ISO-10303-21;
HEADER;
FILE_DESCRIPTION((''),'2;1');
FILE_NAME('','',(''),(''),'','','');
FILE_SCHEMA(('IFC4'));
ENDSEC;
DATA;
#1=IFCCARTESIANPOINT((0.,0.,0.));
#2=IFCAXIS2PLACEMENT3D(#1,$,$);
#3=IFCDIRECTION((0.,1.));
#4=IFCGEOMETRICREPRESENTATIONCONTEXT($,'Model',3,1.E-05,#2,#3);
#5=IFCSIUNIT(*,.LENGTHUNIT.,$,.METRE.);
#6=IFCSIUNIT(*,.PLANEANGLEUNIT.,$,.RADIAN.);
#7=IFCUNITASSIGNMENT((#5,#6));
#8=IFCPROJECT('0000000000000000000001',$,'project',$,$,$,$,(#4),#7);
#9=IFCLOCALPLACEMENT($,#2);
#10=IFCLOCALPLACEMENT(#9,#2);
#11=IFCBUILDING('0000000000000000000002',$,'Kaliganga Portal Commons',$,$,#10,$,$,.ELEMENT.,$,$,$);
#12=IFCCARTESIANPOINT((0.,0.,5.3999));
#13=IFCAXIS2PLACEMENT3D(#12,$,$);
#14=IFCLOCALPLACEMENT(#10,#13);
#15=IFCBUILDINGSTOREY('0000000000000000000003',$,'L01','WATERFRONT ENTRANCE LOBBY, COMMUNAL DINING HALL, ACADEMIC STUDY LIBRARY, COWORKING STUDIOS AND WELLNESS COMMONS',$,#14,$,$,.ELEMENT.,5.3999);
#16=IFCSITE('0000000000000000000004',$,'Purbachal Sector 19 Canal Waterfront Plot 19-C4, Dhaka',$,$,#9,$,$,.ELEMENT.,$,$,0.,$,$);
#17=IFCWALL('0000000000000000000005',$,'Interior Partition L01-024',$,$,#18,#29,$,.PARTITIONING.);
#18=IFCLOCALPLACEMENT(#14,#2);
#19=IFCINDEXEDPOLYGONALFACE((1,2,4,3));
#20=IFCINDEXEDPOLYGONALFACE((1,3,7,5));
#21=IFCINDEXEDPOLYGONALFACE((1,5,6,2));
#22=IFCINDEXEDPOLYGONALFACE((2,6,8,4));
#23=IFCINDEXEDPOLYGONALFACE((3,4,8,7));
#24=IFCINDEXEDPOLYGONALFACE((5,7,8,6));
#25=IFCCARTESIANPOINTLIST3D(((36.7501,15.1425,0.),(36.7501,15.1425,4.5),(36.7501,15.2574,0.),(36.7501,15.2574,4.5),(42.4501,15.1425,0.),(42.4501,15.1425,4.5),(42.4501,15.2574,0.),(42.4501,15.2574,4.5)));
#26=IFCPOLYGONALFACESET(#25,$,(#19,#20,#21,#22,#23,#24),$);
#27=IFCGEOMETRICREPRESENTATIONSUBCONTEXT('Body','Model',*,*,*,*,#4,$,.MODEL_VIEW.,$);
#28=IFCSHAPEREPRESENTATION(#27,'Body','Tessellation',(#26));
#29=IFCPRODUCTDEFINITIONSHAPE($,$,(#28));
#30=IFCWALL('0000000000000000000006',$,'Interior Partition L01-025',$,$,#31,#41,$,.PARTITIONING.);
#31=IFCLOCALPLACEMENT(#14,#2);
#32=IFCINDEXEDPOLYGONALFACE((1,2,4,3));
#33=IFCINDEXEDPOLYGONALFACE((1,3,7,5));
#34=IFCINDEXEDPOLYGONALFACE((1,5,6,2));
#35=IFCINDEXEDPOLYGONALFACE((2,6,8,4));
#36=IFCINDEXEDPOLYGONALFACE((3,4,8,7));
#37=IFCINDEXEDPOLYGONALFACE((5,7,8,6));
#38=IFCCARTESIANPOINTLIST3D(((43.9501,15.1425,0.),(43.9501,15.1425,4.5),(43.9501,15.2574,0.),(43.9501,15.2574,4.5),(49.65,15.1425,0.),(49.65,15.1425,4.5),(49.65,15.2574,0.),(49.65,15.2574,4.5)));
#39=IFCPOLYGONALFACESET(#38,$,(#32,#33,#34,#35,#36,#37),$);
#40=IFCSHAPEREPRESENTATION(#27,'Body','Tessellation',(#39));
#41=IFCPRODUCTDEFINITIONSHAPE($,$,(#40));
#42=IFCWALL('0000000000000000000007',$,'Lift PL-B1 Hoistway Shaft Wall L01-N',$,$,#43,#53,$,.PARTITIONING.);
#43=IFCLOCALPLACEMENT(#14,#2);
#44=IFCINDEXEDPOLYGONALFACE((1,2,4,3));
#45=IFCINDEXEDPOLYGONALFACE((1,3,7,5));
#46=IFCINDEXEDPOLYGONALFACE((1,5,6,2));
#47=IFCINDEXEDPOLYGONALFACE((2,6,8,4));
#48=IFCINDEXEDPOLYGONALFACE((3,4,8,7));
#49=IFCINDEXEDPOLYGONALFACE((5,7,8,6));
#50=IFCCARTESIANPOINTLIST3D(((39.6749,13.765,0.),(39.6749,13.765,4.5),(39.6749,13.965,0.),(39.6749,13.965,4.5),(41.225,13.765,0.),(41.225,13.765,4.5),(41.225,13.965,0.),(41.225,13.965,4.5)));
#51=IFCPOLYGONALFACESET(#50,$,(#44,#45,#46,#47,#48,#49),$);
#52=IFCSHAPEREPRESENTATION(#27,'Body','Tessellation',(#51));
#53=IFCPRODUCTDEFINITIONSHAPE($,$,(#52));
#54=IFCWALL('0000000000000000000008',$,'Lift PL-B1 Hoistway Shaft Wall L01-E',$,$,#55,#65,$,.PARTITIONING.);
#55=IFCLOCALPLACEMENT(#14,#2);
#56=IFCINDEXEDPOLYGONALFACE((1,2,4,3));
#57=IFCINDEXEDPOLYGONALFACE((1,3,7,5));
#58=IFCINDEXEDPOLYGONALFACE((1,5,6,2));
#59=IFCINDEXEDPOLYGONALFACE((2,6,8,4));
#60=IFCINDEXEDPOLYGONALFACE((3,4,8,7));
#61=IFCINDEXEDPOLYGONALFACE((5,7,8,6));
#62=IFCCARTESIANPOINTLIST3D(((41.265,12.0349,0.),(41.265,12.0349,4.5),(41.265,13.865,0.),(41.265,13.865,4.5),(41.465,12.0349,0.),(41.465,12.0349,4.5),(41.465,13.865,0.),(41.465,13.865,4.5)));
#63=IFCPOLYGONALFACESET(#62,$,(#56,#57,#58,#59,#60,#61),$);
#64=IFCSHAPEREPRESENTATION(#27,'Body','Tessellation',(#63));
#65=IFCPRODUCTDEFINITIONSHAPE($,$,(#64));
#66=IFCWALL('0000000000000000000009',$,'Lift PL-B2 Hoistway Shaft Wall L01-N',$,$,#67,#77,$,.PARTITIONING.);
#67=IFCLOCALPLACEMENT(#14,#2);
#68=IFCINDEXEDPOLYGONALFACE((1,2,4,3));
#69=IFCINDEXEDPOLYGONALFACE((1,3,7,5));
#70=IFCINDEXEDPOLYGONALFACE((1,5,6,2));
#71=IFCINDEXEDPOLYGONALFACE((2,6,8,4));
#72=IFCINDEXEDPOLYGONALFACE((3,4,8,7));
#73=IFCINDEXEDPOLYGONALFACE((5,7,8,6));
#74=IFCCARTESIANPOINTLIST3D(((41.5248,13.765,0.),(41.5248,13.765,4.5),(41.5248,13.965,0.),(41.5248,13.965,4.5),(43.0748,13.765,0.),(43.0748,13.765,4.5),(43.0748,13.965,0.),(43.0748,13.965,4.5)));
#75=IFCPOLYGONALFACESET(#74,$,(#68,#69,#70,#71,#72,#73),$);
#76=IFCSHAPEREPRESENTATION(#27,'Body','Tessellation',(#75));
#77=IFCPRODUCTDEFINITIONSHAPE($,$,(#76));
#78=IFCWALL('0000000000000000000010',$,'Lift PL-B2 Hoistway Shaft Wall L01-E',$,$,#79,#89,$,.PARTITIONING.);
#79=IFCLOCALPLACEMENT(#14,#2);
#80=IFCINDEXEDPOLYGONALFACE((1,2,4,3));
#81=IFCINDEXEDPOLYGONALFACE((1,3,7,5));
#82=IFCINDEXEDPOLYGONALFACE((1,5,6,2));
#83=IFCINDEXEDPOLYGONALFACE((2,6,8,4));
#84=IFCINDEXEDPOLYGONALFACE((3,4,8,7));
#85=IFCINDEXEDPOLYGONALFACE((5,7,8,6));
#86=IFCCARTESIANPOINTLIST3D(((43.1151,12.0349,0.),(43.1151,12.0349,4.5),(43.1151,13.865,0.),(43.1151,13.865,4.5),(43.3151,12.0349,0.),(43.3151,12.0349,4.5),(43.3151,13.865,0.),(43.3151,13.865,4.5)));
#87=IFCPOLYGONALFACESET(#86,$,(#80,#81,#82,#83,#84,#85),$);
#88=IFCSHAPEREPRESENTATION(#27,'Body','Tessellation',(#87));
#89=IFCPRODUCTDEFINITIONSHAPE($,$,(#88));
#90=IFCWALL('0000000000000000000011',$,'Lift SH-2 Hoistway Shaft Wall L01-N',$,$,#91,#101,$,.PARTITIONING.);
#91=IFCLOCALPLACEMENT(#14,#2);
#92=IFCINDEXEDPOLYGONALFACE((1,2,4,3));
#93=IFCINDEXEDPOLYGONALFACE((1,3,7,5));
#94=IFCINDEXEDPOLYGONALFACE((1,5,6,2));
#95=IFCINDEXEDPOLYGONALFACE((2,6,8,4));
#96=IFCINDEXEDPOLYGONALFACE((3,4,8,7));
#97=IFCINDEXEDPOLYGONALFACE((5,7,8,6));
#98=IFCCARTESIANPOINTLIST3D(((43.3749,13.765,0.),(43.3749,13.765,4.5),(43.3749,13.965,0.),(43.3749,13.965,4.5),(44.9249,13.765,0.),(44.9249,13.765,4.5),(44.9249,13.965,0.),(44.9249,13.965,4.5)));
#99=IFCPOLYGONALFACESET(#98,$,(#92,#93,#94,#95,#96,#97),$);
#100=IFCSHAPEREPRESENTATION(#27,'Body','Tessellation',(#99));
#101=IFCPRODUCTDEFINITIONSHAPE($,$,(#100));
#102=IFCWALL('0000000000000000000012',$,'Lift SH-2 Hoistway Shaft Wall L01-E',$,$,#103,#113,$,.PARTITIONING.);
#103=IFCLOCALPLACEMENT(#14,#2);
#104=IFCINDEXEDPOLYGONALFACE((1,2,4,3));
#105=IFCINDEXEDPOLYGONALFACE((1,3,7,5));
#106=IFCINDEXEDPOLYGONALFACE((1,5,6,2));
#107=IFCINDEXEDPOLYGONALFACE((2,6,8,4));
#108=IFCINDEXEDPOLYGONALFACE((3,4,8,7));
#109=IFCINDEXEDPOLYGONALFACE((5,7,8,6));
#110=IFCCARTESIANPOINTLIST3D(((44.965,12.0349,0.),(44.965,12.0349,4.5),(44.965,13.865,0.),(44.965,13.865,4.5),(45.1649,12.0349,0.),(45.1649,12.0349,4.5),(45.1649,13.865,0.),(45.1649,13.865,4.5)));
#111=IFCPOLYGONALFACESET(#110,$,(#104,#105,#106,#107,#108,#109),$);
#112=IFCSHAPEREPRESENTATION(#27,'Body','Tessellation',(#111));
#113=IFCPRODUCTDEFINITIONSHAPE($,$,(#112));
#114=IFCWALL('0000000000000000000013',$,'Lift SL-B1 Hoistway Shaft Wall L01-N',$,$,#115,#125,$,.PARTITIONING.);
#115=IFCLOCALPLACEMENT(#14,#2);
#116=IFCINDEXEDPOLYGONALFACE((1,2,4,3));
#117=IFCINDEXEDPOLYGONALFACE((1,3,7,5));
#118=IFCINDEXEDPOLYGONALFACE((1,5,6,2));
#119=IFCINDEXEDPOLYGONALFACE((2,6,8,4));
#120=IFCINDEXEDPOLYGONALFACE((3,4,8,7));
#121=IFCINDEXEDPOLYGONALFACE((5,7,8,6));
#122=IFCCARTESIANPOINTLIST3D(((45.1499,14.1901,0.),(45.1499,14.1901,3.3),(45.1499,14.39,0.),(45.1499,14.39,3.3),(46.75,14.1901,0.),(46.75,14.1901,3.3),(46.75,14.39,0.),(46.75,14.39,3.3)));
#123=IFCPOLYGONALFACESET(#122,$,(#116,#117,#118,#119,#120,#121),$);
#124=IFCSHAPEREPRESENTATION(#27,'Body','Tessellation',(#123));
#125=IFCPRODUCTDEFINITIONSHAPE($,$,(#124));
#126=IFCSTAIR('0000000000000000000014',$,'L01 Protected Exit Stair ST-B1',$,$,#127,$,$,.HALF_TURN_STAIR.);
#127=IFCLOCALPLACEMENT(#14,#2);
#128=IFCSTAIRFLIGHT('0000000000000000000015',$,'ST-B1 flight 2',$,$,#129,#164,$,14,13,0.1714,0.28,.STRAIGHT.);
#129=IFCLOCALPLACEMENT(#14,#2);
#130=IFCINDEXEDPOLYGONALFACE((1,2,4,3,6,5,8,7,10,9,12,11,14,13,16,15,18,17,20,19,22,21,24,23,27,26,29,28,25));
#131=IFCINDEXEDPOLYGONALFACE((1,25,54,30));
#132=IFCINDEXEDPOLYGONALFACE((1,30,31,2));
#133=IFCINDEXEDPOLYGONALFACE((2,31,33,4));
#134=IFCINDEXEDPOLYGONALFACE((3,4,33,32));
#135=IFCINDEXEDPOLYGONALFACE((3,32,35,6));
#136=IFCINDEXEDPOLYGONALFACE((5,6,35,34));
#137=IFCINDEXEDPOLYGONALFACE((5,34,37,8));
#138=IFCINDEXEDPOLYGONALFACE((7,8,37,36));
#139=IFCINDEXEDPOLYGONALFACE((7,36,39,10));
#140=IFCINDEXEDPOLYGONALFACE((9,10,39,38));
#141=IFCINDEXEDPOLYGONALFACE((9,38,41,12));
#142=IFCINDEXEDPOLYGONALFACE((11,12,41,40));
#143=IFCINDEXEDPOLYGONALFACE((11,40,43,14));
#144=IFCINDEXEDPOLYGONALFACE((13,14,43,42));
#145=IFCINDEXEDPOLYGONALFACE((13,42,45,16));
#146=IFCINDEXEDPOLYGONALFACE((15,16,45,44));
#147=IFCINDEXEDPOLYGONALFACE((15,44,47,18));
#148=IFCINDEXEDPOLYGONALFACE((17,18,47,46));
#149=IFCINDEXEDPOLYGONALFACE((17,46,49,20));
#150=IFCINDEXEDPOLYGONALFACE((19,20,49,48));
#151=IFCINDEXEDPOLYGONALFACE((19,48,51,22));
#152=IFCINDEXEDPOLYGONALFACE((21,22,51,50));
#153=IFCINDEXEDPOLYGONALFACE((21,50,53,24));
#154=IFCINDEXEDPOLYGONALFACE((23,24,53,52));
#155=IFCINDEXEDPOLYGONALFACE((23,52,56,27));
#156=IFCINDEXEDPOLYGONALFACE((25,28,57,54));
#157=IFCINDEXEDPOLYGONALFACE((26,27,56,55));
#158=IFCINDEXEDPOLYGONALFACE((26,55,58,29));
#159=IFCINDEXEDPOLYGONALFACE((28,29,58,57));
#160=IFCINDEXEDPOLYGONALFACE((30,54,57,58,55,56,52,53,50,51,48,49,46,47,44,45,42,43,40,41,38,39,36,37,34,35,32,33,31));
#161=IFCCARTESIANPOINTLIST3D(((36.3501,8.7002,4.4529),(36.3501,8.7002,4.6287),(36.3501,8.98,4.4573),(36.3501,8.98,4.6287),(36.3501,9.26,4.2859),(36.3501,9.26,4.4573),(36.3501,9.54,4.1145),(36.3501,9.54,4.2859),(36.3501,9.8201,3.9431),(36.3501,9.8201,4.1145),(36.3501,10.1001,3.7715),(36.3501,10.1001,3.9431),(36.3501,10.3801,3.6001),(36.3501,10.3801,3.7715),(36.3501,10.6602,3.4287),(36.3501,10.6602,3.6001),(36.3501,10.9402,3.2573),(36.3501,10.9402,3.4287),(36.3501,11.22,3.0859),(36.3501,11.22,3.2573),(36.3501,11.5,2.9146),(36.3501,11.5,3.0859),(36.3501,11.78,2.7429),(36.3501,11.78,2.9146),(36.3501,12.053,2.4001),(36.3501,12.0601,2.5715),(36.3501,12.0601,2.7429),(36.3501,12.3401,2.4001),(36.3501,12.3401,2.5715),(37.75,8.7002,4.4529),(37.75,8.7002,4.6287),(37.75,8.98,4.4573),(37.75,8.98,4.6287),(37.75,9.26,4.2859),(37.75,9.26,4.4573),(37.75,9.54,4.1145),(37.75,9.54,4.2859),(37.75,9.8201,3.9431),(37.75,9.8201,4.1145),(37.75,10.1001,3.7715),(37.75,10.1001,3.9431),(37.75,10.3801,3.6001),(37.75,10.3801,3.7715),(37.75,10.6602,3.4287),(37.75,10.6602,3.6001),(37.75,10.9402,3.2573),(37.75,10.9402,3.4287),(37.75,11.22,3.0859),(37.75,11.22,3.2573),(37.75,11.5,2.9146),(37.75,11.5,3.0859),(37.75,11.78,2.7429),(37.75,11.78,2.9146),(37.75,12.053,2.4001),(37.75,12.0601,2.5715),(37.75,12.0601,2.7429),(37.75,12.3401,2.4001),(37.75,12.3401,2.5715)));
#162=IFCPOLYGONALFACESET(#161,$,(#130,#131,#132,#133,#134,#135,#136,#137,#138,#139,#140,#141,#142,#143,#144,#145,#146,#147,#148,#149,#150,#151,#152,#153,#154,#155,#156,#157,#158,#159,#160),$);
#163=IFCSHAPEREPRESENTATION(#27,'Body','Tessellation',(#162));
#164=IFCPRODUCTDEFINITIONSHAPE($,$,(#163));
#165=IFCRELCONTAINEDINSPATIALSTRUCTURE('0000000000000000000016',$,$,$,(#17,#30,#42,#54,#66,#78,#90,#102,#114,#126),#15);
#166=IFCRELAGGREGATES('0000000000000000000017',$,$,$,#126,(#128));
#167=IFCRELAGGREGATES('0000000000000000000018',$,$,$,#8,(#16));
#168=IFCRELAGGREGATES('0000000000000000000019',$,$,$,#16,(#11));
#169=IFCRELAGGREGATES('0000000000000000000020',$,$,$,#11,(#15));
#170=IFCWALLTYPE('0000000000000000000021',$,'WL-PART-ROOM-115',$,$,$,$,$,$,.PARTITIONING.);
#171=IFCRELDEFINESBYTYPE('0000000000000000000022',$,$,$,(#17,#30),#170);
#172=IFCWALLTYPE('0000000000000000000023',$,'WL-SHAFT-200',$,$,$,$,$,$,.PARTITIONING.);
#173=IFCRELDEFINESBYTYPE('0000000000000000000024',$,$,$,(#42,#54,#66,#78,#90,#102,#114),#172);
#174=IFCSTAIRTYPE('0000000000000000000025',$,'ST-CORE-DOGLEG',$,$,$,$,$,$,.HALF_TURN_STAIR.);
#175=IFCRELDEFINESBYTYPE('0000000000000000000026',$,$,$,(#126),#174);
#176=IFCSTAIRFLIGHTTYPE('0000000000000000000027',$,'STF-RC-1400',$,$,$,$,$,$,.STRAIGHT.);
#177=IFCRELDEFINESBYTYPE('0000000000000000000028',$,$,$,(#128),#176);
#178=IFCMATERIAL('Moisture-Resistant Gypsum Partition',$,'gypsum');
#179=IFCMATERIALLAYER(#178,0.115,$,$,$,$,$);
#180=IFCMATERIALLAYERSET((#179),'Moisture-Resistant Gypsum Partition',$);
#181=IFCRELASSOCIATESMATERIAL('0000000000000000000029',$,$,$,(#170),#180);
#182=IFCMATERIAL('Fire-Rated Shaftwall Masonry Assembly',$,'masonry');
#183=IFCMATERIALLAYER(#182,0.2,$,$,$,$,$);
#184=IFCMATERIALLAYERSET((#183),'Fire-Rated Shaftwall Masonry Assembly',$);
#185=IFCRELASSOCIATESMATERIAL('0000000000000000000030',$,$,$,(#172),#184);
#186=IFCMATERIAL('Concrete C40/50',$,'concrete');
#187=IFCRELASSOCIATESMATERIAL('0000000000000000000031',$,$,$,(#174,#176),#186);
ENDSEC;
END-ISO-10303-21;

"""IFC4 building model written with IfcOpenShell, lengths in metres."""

from ifc_helpers import new_model, si_unit, direction, frame, frame_2d, origin, place, context, subcontext, project, spatial, polyline, rectangle, outline, extrude, material, layer, layer_set, type_object, element, aggregate, save


model = new_model("IFC4")

# Units and contexts
model_context = context("Model", 3, precision=1e-05, world=origin(), true_north=direction((0.0, 1.0)))
body_context = subcontext(model_context, "Body", "Model", "MODEL_VIEW")
ifc_project = project(units=[si_unit("LENGTHUNIT", "METRE"), si_unit("PLANEANGLEUNIT", "RADIAN")], contexts=[model_context])

# Site, building, storey
site_placement = place(None, origin())
site = spatial("IfcSite", under=ifc_project, at=site_placement, Name="Purbachal Sector 19 Canal Waterfront Plot 19-C4, Dhaka", CompositionType="ELEMENT", RefElevation=0.0)
building_placement = place(site_placement, origin())
building = spatial("IfcBuilding", under=site, at=building_placement, Name="Kaliganga Portal Commons", CompositionType="ELEMENT")
storey_placement = place(building_placement, frame((0.0, 0.0, 5.3999)))
storey = spatial("IfcBuildingStorey", under=building, at=storey_placement, Name="L01", Description="WATERFRONT ENTRANCE LOBBY, COMMUNAL DINING HALL, ACADEMIC STUDY LIBRARY, COWORKING STUDIOS AND WELLNESS COMMONS", CompositionType="ELEMENT", Elevation=5.3999)

# Walls
ifc_material_1 = material(Name="Moisture-Resistant Gypsum Partition", Category="gypsum")
ifc_layer_1 = layer(ifc_material_1, 0.115)
ifc_layer_set_1 = layer_set([ifc_layer_1], Name="Moisture-Resistant Gypsum Partition")
wall_type_1 = type_object("IfcWallType", Name="WL-PART-ROOM-115", PredefinedType="PARTITIONING", material=ifc_layer_set_1)
for number, where, z_axis, x_axis, name in (
    (1, (36.75, 15.2, 0.0), (0.0, 0.0, 1.0), (1.0, 0.0, 0.0), "Interior Partition L01-024"),
    (2, (43.95, 15.2, 0.0), (0.0, 0.0, 1.0), (1.0, 0.0, 0.0), "Interior Partition L01-025"),
):
    element("IfcWall", number, at=place(storey_placement, frame(where, z_axis=z_axis, x_axis=x_axis)), inside=storey, type_object=wall_type_1, Name=name, PredefinedType="PARTITIONING", context=body_context, shape_type="SweptSolid", body=[
        extrude(rectangle(XDim=5.7, YDim=0.115, at=frame_2d((2.8501, 0.0))), origin(), (0.0, 0.0, 1.0), 4.5),
    ])
ifc_material_2 = material(Name="Fire-Rated Shaftwall Masonry Assembly", Category="masonry")
ifc_layer_2 = layer(ifc_material_2, 0.2)
ifc_layer_set_2 = layer_set([ifc_layer_2], Name="Fire-Rated Shaftwall Masonry Assembly")
wall_type_2 = type_object("IfcWallType", Name="WL-SHAFT-200", PredefinedType="PARTITIONING", material=ifc_layer_set_2)
wall_1_placement = place(storey_placement, frame((39.675, 13.865, 0.0), z_axis=(0.0, 0.0, 1.0), x_axis=(1.0, 0.0, 0.0)))
element("IfcWall", 3, at=wall_1_placement, inside=storey, type_object=wall_type_2, Name="Lift PL-B1 Hoistway Shaft Wall L01-N", PredefinedType="PARTITIONING", context=body_context, shape_type="SweptSolid", body=[
    extrude(rectangle(XDim=1.55, YDim=0.2, at=frame_2d((0.7749, 0.0))), origin(), (0.0, 0.0, 1.0), 4.5),
])
wall_2_placement = place(storey_placement, frame((41.365, 12.0349, 0.0), z_axis=(0.0, 0.0, 1.0), x_axis=(0.0, 1.0, 0.0)))
element("IfcWall", 4, at=wall_2_placement, inside=storey, type_object=wall_type_2, Name="Lift PL-B1 Hoistway Shaft Wall L01-E", PredefinedType="PARTITIONING", context=body_context, shape_type="SweptSolid", body=[
    extrude(rectangle(XDim=1.8301, YDim=0.2, at=frame_2d((0.915, 0.0))), origin(), (0.0, 0.0, 1.0), 4.5),
])

# Walls
wall_3_placement = place(storey_placement, frame((41.5249, 13.865, 0.0), z_axis=(0.0, 0.0, 1.0), x_axis=(1.0, 0.0, 0.0)))
element("IfcWall", 5, at=wall_3_placement, inside=storey, type_object=wall_type_2, Name="Lift PL-B2 Hoistway Shaft Wall L01-N", PredefinedType="PARTITIONING", context=body_context, shape_type="SweptSolid", body=[
    extrude(rectangle(XDim=1.55, YDim=0.2, at=frame_2d((0.7749, 0.0))), origin(), (0.0, 0.0, 1.0), 4.5),
])
wall_4_placement = place(storey_placement, frame((43.2151, 12.0349, 0.0), z_axis=(0.0, 0.0, 1.0), x_axis=(0.0, 1.0, 0.0)))
element("IfcWall", 6, at=wall_4_placement, inside=storey, type_object=wall_type_2, Name="Lift PL-B2 Hoistway Shaft Wall L01-E", PredefinedType="PARTITIONING", context=body_context, shape_type="SweptSolid", body=[
    extrude(rectangle(XDim=1.8301, YDim=0.2, at=frame_2d((0.915, 0.0))), origin(), (0.0, 0.0, 1.0), 4.5),
])

# Walls
wall_5_placement = place(storey_placement, frame((43.375, 13.865, 0.0), z_axis=(0.0, 0.0, 1.0), x_axis=(1.0, 0.0, 0.0)))
element("IfcWall", 7, at=wall_5_placement, inside=storey, type_object=wall_type_2, Name="Lift SH-2 Hoistway Shaft Wall L01-N", PredefinedType="PARTITIONING", context=body_context, shape_type="SweptSolid", body=[
    extrude(rectangle(XDim=1.55, YDim=0.2, at=frame_2d((0.7749, 0.0))), origin(), (0.0, 0.0, 1.0), 4.5),
])
wall_6_placement = place(storey_placement, frame((45.0649, 12.0349, 0.0), z_axis=(0.0, 0.0, 1.0), x_axis=(0.0, 1.0, 0.0)))
element("IfcWall", 8, at=wall_6_placement, inside=storey, type_object=wall_type_2, Name="Lift SH-2 Hoistway Shaft Wall L01-E", PredefinedType="PARTITIONING", context=body_context, shape_type="SweptSolid", body=[
    extrude(rectangle(XDim=1.8301, YDim=0.2, at=frame_2d((0.915, 0.0))), origin(), (0.0, 0.0, 1.0), 4.5),
])
wall_7_placement = place(storey_placement, frame((45.1499, 14.29, 0.0), z_axis=(0.0, 0.0, 1.0), x_axis=(1.0, 0.0, 0.0)))
element("IfcWall", 9, at=wall_7_placement, inside=storey, type_object=wall_type_2, Name="Lift SL-B1 Hoistway Shaft Wall L01-N", PredefinedType="PARTITIONING", context=body_context, shape_type="SweptSolid", body=[
    extrude(rectangle(XDim=1.6001, YDim=0.2, at=frame_2d((0.8, 0.0))), origin(), (0.0, 0.0, 1.0), 3.3),
])

# Stair, stair flight
ifc_material_3 = material(Name="Concrete C40/50", Category="concrete")
stair_type = type_object("IfcStairType", Name="ST-CORE-DOGLEG", PredefinedType="HALF_TURN_STAIR", material=ifc_material_3)
stair_1_placement = place(storey_placement, origin())
stair_1 = element("IfcStair", 10, at=stair_1_placement, inside=storey, type_object=stair_type, Name="L01 Protected Exit Stair ST-B1", PredefinedType="HALF_TURN_STAIR")
stair_flight_type = type_object("IfcStairFlightType", Name="STF-RC-1400", PredefinedType="STRAIGHT", material=ifc_material_3)
stair_flight_1_placement = place(storey_placement, frame((37.05, 12.3401, 2.4001), z_axis=(0.0, 0.0, 1.0), x_axis=(0.0, -1.0, 0.0)))
stair_flight_1 = element("IfcStairFlight", 11, at=stair_flight_1_placement, type_object=stair_flight_type, Name="ST-B1 flight 2", NumberOfRisers=14, NumberOfTreads=13, PredefinedType="STRAIGHT", RiserHeight=0.1714, TreadLength=0.28, context=body_context, shape_type="SweptSolid", body=[
    extrude(outline(polyline([(0.0, 0.0), (0.0, 0.1714), (0.28, 0.1714), (0.28, 0.3428), (0.5601, 0.3428), (0.5601, 0.5144), (0.8401, 0.5144), (0.8401, 0.6858), (1.1201, 0.6858), (1.1201, 0.8572), (1.3999, 0.8572), (1.3999, 1.0286), (1.6799, 1.0286), (1.6799, 1.2), (1.96, 1.2), (1.96, 1.3713), (2.24, 1.3713), (2.24, 1.543), (2.52, 1.543), (2.52, 1.7144), (2.8, 1.7144), (2.8, 1.8857), (3.0801, 1.8857), (3.0801, 2.0571), (3.3601, 2.0571), (3.3601, 2.2285), (3.6399, 2.2285), (3.6399, 2.3999), (3.6399, 2.0527), (0.2871, 0.0), (0.0, 0.0)])), frame((0.0, 0.7, 0.0), z_axis=(0.0, -1.0, 0.0), x_axis=(1.0, 0.0, 0.0)), (0.0, 0.0, 1.0), 1.3999),
])
aggregate(stair_1, [stair_flight_1])

save(model, "model.ifc")
